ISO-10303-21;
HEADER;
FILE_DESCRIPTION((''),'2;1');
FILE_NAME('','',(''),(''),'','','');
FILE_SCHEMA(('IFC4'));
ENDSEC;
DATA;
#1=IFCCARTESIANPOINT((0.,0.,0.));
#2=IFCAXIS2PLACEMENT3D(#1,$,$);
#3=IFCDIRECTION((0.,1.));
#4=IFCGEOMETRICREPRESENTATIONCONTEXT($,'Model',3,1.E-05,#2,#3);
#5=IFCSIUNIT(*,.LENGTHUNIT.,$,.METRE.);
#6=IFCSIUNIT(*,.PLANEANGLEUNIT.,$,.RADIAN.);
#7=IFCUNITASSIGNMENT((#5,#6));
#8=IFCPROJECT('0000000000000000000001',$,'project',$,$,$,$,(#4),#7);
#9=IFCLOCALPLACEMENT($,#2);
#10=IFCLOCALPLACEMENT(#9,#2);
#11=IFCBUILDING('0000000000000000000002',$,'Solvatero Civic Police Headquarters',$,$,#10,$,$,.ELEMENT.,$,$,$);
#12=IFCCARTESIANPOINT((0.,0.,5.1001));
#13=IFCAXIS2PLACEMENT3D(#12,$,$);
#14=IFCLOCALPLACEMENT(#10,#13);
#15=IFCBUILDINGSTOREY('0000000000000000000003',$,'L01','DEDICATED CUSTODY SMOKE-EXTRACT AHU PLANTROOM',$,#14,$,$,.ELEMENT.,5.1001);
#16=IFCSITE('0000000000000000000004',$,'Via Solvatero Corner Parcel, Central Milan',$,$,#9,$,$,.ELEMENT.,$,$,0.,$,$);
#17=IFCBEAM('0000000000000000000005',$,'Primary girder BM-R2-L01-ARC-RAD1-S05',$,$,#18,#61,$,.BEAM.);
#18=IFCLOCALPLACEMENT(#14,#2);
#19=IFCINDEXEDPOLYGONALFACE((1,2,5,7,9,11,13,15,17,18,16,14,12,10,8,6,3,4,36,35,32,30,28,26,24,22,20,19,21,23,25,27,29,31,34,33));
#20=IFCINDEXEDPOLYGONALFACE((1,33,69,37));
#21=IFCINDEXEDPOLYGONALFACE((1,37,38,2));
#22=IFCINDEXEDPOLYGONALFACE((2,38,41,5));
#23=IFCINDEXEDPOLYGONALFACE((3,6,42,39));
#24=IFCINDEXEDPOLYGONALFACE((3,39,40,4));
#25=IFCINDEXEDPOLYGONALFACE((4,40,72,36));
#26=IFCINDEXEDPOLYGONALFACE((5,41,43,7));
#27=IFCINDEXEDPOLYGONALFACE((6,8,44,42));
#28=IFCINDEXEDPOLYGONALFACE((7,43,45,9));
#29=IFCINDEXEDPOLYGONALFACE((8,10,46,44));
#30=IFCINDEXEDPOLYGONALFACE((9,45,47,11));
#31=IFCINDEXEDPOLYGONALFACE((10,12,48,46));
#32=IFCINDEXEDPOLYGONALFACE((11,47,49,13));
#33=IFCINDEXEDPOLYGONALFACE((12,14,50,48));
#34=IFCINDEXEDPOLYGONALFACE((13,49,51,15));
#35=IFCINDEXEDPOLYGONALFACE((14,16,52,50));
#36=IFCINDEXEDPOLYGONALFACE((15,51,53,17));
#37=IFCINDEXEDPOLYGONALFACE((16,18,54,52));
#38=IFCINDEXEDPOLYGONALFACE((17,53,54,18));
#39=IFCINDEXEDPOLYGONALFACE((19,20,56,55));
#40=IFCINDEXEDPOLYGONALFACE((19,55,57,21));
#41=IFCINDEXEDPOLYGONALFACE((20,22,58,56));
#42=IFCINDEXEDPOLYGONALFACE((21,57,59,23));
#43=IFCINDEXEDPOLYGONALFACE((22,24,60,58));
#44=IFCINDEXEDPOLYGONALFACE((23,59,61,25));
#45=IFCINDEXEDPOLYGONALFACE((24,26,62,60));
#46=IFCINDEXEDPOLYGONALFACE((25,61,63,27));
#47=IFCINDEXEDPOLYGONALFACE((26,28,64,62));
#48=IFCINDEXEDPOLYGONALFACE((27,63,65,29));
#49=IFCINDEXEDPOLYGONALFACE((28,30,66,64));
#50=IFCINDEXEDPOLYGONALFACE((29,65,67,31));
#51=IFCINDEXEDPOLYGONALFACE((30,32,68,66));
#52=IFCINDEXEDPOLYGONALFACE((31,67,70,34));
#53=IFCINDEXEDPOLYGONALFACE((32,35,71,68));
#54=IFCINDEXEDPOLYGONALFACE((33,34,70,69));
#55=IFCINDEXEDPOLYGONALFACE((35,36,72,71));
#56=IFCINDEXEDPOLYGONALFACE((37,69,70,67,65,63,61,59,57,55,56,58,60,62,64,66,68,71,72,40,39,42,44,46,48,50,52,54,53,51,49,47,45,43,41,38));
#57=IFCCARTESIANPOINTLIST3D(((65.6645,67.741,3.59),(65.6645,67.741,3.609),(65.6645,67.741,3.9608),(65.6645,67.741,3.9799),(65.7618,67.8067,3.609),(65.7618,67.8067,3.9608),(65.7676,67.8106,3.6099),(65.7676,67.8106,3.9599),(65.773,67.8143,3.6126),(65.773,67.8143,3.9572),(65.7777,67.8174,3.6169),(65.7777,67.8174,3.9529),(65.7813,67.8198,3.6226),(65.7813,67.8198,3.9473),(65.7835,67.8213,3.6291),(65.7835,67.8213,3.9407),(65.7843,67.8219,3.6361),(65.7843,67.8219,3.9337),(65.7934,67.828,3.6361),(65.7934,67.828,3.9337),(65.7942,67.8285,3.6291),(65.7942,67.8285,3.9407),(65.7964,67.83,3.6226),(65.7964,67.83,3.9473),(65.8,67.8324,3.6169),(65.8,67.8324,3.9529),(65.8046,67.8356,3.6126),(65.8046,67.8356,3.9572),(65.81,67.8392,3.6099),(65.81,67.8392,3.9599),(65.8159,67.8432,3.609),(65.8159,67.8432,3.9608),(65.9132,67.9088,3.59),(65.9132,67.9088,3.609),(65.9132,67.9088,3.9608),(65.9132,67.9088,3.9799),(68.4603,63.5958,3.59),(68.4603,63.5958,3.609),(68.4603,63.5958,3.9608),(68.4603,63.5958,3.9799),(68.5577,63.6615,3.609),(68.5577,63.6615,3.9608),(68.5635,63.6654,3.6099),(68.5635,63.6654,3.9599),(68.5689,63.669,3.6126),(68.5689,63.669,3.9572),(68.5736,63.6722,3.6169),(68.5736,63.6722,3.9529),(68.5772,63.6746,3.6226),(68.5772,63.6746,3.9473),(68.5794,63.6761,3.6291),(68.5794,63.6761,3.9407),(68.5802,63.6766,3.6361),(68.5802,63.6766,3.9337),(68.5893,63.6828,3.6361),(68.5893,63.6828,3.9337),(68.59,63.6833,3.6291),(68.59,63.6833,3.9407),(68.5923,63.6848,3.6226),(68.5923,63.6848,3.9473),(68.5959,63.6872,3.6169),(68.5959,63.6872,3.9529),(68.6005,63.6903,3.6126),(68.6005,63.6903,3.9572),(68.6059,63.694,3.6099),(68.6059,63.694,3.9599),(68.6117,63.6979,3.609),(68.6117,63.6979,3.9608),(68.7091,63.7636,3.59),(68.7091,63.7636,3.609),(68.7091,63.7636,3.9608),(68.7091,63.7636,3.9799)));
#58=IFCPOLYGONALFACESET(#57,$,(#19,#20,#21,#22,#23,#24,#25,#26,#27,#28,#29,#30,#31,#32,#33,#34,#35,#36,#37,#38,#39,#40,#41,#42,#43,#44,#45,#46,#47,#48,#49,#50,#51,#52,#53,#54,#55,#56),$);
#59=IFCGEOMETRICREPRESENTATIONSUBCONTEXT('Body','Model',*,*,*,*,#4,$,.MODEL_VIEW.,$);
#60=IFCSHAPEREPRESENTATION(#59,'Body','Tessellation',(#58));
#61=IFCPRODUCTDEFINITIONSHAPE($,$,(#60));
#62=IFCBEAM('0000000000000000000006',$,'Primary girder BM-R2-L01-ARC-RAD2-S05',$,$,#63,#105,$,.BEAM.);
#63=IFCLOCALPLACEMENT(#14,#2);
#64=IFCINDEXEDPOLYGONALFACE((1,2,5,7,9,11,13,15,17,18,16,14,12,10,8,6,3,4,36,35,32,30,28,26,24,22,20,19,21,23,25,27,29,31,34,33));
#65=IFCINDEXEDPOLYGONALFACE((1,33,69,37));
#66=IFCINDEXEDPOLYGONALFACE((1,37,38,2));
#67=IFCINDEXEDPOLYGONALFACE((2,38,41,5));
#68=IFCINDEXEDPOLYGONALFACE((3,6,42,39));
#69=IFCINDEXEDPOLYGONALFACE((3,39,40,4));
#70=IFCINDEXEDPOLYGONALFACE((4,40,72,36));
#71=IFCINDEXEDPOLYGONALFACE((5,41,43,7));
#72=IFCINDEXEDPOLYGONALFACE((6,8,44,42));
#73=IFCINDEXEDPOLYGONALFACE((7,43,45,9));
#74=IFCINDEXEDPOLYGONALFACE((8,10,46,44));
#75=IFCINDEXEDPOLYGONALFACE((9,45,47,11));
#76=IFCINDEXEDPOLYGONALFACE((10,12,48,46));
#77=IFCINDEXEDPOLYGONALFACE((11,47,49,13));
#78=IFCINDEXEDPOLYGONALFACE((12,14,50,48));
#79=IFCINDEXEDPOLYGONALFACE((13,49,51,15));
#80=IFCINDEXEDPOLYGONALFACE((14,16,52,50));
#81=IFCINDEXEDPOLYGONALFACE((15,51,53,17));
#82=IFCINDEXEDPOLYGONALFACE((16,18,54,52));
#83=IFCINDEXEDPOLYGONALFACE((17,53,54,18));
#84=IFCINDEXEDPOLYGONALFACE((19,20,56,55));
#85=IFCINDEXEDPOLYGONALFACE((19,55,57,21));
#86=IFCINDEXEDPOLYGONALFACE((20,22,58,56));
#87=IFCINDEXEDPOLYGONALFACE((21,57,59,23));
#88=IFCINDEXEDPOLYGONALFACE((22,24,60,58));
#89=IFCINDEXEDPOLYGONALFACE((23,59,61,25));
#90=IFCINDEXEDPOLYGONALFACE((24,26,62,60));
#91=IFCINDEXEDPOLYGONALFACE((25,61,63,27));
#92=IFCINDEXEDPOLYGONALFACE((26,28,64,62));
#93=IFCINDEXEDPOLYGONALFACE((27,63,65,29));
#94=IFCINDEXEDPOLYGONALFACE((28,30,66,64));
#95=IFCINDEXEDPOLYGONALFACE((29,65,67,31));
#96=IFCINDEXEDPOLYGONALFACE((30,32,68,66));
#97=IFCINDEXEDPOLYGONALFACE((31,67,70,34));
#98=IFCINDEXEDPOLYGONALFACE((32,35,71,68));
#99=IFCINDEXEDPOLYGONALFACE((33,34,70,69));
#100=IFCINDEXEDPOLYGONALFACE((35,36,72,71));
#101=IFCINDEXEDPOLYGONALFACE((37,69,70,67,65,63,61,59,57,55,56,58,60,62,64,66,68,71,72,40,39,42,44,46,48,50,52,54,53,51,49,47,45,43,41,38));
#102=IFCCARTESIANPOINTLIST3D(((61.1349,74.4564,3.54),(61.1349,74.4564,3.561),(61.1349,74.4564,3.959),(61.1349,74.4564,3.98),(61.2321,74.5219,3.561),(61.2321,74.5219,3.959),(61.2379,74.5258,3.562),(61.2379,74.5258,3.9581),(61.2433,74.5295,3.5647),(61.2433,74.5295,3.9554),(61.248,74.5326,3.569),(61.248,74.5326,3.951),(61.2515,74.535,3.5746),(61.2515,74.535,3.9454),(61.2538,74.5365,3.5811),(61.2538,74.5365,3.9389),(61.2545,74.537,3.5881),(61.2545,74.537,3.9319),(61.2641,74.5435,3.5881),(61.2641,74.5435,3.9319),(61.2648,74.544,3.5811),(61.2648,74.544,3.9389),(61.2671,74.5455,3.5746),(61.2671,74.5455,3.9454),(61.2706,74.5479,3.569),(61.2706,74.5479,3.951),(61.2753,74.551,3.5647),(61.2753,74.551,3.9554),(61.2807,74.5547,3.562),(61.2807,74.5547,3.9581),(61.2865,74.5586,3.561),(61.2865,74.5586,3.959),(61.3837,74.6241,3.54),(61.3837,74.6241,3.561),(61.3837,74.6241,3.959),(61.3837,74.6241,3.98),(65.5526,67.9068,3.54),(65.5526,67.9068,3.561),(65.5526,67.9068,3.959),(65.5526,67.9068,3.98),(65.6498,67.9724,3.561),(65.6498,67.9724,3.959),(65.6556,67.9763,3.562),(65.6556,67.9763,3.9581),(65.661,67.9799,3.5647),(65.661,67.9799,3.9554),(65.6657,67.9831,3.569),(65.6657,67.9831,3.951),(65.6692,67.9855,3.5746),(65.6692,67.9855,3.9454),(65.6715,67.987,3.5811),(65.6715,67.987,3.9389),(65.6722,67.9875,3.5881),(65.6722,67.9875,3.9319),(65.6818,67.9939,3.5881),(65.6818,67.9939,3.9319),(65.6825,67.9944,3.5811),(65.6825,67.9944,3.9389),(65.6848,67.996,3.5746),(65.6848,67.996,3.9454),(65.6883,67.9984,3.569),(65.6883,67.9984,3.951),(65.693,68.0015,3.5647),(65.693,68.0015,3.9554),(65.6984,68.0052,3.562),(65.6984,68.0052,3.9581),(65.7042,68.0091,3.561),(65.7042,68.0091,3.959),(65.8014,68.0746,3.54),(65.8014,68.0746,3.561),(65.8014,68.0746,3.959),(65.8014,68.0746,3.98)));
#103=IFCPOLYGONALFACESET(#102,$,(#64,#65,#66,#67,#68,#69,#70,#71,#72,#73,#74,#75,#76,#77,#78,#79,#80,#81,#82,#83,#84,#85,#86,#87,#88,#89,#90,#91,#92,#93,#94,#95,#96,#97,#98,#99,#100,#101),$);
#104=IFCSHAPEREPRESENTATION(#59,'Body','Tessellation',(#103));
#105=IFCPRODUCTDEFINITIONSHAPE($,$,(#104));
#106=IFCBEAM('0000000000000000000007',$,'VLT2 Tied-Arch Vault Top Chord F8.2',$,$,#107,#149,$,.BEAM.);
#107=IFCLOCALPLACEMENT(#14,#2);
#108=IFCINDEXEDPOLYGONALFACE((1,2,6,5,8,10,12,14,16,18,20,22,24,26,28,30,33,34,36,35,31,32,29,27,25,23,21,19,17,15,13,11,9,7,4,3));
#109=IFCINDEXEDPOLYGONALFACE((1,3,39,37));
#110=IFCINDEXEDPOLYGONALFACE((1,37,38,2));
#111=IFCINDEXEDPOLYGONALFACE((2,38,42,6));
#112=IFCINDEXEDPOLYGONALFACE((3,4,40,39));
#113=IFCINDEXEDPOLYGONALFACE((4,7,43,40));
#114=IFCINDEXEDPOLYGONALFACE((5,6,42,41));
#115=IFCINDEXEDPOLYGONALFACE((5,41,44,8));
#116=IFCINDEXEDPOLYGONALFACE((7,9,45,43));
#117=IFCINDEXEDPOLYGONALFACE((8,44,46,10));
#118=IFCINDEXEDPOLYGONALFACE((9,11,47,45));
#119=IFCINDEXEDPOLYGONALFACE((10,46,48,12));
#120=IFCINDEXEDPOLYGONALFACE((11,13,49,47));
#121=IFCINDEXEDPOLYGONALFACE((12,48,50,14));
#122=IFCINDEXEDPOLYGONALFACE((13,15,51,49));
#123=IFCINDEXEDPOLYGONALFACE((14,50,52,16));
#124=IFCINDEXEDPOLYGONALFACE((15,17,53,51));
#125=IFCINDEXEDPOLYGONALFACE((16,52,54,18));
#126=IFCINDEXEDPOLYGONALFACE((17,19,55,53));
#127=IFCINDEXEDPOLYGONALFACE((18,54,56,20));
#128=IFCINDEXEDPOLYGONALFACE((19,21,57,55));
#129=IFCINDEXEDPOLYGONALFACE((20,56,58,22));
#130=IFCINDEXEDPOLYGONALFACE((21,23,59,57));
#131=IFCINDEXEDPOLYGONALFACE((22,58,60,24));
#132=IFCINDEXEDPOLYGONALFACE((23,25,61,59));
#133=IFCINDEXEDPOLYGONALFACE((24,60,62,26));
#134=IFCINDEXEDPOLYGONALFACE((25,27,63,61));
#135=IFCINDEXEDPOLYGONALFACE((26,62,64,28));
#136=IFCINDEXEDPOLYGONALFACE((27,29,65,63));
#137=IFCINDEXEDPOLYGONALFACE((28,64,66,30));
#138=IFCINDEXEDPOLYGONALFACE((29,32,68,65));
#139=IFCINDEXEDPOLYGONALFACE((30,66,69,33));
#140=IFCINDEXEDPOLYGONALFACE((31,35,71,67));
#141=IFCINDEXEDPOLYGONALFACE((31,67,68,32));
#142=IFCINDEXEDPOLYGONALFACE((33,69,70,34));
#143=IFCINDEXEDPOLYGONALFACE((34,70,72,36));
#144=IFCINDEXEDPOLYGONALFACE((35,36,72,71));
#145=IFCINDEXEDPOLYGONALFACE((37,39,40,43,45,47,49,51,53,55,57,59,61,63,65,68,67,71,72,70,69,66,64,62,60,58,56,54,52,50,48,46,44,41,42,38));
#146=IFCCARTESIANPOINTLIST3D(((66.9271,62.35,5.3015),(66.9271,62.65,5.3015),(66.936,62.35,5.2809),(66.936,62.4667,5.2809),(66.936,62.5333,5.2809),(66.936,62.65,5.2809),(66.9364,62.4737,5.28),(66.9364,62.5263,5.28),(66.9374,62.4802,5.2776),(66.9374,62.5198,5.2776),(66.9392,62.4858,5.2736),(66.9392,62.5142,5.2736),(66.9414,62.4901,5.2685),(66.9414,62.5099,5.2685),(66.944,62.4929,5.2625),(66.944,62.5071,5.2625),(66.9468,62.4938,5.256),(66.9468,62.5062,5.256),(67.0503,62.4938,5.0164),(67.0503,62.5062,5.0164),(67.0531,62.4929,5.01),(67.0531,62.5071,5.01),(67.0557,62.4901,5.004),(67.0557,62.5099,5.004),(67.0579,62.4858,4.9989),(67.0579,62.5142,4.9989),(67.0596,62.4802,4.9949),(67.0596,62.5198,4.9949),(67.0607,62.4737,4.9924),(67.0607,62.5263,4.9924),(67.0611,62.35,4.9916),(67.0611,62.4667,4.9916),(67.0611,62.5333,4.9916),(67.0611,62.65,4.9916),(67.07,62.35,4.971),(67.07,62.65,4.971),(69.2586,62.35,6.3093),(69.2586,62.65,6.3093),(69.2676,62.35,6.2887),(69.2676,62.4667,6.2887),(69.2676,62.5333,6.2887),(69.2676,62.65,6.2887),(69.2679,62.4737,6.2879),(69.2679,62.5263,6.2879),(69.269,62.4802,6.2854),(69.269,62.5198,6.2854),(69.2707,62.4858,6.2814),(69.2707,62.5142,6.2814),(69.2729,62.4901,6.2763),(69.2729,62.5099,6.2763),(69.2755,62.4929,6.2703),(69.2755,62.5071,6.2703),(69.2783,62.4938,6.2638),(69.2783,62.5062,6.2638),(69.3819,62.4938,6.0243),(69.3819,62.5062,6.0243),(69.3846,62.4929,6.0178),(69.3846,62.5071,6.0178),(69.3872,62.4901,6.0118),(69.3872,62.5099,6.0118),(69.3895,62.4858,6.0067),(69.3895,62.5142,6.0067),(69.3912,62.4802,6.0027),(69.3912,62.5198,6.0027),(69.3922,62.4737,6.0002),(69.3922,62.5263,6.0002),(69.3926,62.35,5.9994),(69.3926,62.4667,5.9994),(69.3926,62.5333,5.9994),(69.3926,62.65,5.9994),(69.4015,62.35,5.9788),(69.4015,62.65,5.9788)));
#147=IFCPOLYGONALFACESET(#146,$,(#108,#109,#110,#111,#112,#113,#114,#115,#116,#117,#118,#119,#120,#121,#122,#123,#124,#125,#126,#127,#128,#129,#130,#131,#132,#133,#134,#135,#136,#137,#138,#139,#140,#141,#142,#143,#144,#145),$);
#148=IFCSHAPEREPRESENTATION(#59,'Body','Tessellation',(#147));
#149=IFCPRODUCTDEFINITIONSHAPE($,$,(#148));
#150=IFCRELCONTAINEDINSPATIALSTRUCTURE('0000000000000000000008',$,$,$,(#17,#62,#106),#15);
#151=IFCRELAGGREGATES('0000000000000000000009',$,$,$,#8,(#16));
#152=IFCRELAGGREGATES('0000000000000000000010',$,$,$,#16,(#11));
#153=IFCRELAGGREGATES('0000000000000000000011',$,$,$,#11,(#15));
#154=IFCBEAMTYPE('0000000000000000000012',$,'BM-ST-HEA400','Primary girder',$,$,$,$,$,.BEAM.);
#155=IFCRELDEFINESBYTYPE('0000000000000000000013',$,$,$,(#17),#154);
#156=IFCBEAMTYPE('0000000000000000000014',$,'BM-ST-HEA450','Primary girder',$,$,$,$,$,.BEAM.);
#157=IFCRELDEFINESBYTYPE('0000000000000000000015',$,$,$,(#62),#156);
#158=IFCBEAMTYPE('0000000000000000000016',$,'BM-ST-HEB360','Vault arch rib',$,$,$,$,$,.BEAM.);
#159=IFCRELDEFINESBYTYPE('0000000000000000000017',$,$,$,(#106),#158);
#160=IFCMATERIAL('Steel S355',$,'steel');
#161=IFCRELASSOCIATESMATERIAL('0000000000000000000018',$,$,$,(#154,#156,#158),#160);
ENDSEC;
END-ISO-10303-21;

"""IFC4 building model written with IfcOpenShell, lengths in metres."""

from ifc_helpers import new_model, si_unit, direction, frame, origin, origin_2d, place, context, subcontext, project, spatial, i_section, extrude, material, material_profile, profile_set, type_object, element, save


model = new_model("IFC4")

# Units and contexts
model_context = context("Model", 3, precision=1e-05, world=origin(), true_north=direction((0.0, 1.0)))
body_context = subcontext(model_context, "Body", "Model", "MODEL_VIEW")
ifc_project = project(units=[si_unit("LENGTHUNIT", "METRE"), si_unit("PLANEANGLEUNIT", "RADIAN")], contexts=[model_context])

# Site, building, storey
site_placement = place(None, origin())
site = spatial("IfcSite", under=ifc_project, at=site_placement, Name="Via Solvatero Corner Parcel, Central Milan", CompositionType="ELEMENT", RefElevation=0.0)
building_placement = place(site_placement, origin())
building = spatial("IfcBuilding", under=site, at=building_placement, Name="Solvatero Civic Police Headquarters", CompositionType="ELEMENT")
storey_placement = place(building_placement, frame((0.0, 0.0, 5.1001)))
storey = spatial("IfcBuildingStorey", under=building, at=storey_placement, Name="L01", Description="DEDICATED CUSTODY SMOKE-EXTRACT AHU PLANTROOM", CompositionType="ELEMENT", Elevation=5.1001)

# Shared definitions
ifc_material_1 = material(Name="Steel S355", Category="steel")

# Beams
ifc_material_profile_1 = material_profile(ifc_material_1, i_section(OverallWidth=0.3, OverallDepth=0.3899, WebThickness=0.011, FlangeThickness=0.019, FilletRadius=0.0271, at=origin_2d()), Name="HEA 400")
ifc_profile_set_1 = profile_set([ifc_material_profile_1], Name="Steel S355")
beam_type_1 = type_object("IfcBeamType", Name="BM-ST-HEA400", Description="Primary girder", PredefinedType="BEAM", material=ifc_profile_set_1)
beam_1_placement = place(storey_placement, frame((68.5847, 63.6797, 3.7849), z_axis=(-0.559177, 0.829048, 0.0), x_axis=(-0.829048, -0.559177, 0.0)))
element("IfcBeam", 1, at=beam_1_placement, inside=storey, type_object=beam_type_1, Name="Primary girder BM-R2-L01-ARC-RAD1-S05", PredefinedType="BEAM", context=body_context, shape_type="SweptSolid", body=[
    extrude(i_section(OverallWidth=0.3, OverallDepth=0.3899, WebThickness=0.011, FlangeThickness=0.019, FilletRadius=0.0271, at=origin_2d()), origin(), (0.0, 0.0, 1.0), 5.0),
])
ifc_material_profile_2 = material_profile(ifc_material_1, i_section(OverallWidth=0.3, OverallDepth=0.4399, WebThickness=0.0115, FlangeThickness=0.021, FilletRadius=0.0271, at=origin_2d()), Name="HEA 450")
ifc_profile_set_2 = profile_set([ifc_material_profile_2], Name="Steel S355")
beam_type_2 = type_object("IfcBeamType", Name="BM-ST-HEA450", Description="Primary girder", PredefinedType="BEAM", material=ifc_profile_set_2)
beam_2_placement = place(storey_placement, frame((65.677, 67.9907, 3.76), z_axis=(-0.559192, 0.829038, 0.0), x_axis=(-0.829038, -0.559192, 0.0)))
element("IfcBeam", 2, at=beam_2_placement, inside=storey, type_object=beam_type_2, Name="Primary girder BM-R2-L01-ARC-RAD2-S05", PredefinedType="BEAM", context=body_context, shape_type="SweptSolid", body=[
    extrude(i_section(OverallWidth=0.3, OverallDepth=0.4399, WebThickness=0.0115, FlangeThickness=0.021, FilletRadius=0.0271, at=origin_2d()), origin(), (0.0, 0.0, 1.0), 7.9001),
])
ifc_material_profile_3 = material_profile(ifc_material_1, i_section(OverallWidth=0.3, OverallDepth=0.3601, WebThickness=0.0125, FlangeThickness=0.0225, FilletRadius=0.0271, at=origin_2d()), Name="HEB 360")
ifc_profile_set_3 = profile_set([ifc_material_profile_3], Name="Steel S355")
beam_type_3 = type_object("IfcBeamType", Name="BM-ST-HEB360", Description="Vault arch rib", PredefinedType="BEAM", material=ifc_profile_set_3)
beam_3_placement = place(storey_placement, frame((66.9985, 62.5, 5.1362), z_axis=(0.917918, 0.0, 0.396771), x_axis=(0.0, 1.0, 0.0)))
element("IfcBeam", 3, at=beam_3_placement, inside=storey, type_object=beam_type_3, Name="VLT2 Tied-Arch Vault Top Chord F8.2", PredefinedType="BEAM", context=body_context, shape_type="SweptSolid", body=[
    extrude(i_section(OverallWidth=0.3, OverallDepth=0.3601, WebThickness=0.0125, FlangeThickness=0.0225, FilletRadius=0.0271, at=origin_2d()), origin(), (0.0, 0.0, 1.0), 2.54),
])

save(model, "model.ifc")
